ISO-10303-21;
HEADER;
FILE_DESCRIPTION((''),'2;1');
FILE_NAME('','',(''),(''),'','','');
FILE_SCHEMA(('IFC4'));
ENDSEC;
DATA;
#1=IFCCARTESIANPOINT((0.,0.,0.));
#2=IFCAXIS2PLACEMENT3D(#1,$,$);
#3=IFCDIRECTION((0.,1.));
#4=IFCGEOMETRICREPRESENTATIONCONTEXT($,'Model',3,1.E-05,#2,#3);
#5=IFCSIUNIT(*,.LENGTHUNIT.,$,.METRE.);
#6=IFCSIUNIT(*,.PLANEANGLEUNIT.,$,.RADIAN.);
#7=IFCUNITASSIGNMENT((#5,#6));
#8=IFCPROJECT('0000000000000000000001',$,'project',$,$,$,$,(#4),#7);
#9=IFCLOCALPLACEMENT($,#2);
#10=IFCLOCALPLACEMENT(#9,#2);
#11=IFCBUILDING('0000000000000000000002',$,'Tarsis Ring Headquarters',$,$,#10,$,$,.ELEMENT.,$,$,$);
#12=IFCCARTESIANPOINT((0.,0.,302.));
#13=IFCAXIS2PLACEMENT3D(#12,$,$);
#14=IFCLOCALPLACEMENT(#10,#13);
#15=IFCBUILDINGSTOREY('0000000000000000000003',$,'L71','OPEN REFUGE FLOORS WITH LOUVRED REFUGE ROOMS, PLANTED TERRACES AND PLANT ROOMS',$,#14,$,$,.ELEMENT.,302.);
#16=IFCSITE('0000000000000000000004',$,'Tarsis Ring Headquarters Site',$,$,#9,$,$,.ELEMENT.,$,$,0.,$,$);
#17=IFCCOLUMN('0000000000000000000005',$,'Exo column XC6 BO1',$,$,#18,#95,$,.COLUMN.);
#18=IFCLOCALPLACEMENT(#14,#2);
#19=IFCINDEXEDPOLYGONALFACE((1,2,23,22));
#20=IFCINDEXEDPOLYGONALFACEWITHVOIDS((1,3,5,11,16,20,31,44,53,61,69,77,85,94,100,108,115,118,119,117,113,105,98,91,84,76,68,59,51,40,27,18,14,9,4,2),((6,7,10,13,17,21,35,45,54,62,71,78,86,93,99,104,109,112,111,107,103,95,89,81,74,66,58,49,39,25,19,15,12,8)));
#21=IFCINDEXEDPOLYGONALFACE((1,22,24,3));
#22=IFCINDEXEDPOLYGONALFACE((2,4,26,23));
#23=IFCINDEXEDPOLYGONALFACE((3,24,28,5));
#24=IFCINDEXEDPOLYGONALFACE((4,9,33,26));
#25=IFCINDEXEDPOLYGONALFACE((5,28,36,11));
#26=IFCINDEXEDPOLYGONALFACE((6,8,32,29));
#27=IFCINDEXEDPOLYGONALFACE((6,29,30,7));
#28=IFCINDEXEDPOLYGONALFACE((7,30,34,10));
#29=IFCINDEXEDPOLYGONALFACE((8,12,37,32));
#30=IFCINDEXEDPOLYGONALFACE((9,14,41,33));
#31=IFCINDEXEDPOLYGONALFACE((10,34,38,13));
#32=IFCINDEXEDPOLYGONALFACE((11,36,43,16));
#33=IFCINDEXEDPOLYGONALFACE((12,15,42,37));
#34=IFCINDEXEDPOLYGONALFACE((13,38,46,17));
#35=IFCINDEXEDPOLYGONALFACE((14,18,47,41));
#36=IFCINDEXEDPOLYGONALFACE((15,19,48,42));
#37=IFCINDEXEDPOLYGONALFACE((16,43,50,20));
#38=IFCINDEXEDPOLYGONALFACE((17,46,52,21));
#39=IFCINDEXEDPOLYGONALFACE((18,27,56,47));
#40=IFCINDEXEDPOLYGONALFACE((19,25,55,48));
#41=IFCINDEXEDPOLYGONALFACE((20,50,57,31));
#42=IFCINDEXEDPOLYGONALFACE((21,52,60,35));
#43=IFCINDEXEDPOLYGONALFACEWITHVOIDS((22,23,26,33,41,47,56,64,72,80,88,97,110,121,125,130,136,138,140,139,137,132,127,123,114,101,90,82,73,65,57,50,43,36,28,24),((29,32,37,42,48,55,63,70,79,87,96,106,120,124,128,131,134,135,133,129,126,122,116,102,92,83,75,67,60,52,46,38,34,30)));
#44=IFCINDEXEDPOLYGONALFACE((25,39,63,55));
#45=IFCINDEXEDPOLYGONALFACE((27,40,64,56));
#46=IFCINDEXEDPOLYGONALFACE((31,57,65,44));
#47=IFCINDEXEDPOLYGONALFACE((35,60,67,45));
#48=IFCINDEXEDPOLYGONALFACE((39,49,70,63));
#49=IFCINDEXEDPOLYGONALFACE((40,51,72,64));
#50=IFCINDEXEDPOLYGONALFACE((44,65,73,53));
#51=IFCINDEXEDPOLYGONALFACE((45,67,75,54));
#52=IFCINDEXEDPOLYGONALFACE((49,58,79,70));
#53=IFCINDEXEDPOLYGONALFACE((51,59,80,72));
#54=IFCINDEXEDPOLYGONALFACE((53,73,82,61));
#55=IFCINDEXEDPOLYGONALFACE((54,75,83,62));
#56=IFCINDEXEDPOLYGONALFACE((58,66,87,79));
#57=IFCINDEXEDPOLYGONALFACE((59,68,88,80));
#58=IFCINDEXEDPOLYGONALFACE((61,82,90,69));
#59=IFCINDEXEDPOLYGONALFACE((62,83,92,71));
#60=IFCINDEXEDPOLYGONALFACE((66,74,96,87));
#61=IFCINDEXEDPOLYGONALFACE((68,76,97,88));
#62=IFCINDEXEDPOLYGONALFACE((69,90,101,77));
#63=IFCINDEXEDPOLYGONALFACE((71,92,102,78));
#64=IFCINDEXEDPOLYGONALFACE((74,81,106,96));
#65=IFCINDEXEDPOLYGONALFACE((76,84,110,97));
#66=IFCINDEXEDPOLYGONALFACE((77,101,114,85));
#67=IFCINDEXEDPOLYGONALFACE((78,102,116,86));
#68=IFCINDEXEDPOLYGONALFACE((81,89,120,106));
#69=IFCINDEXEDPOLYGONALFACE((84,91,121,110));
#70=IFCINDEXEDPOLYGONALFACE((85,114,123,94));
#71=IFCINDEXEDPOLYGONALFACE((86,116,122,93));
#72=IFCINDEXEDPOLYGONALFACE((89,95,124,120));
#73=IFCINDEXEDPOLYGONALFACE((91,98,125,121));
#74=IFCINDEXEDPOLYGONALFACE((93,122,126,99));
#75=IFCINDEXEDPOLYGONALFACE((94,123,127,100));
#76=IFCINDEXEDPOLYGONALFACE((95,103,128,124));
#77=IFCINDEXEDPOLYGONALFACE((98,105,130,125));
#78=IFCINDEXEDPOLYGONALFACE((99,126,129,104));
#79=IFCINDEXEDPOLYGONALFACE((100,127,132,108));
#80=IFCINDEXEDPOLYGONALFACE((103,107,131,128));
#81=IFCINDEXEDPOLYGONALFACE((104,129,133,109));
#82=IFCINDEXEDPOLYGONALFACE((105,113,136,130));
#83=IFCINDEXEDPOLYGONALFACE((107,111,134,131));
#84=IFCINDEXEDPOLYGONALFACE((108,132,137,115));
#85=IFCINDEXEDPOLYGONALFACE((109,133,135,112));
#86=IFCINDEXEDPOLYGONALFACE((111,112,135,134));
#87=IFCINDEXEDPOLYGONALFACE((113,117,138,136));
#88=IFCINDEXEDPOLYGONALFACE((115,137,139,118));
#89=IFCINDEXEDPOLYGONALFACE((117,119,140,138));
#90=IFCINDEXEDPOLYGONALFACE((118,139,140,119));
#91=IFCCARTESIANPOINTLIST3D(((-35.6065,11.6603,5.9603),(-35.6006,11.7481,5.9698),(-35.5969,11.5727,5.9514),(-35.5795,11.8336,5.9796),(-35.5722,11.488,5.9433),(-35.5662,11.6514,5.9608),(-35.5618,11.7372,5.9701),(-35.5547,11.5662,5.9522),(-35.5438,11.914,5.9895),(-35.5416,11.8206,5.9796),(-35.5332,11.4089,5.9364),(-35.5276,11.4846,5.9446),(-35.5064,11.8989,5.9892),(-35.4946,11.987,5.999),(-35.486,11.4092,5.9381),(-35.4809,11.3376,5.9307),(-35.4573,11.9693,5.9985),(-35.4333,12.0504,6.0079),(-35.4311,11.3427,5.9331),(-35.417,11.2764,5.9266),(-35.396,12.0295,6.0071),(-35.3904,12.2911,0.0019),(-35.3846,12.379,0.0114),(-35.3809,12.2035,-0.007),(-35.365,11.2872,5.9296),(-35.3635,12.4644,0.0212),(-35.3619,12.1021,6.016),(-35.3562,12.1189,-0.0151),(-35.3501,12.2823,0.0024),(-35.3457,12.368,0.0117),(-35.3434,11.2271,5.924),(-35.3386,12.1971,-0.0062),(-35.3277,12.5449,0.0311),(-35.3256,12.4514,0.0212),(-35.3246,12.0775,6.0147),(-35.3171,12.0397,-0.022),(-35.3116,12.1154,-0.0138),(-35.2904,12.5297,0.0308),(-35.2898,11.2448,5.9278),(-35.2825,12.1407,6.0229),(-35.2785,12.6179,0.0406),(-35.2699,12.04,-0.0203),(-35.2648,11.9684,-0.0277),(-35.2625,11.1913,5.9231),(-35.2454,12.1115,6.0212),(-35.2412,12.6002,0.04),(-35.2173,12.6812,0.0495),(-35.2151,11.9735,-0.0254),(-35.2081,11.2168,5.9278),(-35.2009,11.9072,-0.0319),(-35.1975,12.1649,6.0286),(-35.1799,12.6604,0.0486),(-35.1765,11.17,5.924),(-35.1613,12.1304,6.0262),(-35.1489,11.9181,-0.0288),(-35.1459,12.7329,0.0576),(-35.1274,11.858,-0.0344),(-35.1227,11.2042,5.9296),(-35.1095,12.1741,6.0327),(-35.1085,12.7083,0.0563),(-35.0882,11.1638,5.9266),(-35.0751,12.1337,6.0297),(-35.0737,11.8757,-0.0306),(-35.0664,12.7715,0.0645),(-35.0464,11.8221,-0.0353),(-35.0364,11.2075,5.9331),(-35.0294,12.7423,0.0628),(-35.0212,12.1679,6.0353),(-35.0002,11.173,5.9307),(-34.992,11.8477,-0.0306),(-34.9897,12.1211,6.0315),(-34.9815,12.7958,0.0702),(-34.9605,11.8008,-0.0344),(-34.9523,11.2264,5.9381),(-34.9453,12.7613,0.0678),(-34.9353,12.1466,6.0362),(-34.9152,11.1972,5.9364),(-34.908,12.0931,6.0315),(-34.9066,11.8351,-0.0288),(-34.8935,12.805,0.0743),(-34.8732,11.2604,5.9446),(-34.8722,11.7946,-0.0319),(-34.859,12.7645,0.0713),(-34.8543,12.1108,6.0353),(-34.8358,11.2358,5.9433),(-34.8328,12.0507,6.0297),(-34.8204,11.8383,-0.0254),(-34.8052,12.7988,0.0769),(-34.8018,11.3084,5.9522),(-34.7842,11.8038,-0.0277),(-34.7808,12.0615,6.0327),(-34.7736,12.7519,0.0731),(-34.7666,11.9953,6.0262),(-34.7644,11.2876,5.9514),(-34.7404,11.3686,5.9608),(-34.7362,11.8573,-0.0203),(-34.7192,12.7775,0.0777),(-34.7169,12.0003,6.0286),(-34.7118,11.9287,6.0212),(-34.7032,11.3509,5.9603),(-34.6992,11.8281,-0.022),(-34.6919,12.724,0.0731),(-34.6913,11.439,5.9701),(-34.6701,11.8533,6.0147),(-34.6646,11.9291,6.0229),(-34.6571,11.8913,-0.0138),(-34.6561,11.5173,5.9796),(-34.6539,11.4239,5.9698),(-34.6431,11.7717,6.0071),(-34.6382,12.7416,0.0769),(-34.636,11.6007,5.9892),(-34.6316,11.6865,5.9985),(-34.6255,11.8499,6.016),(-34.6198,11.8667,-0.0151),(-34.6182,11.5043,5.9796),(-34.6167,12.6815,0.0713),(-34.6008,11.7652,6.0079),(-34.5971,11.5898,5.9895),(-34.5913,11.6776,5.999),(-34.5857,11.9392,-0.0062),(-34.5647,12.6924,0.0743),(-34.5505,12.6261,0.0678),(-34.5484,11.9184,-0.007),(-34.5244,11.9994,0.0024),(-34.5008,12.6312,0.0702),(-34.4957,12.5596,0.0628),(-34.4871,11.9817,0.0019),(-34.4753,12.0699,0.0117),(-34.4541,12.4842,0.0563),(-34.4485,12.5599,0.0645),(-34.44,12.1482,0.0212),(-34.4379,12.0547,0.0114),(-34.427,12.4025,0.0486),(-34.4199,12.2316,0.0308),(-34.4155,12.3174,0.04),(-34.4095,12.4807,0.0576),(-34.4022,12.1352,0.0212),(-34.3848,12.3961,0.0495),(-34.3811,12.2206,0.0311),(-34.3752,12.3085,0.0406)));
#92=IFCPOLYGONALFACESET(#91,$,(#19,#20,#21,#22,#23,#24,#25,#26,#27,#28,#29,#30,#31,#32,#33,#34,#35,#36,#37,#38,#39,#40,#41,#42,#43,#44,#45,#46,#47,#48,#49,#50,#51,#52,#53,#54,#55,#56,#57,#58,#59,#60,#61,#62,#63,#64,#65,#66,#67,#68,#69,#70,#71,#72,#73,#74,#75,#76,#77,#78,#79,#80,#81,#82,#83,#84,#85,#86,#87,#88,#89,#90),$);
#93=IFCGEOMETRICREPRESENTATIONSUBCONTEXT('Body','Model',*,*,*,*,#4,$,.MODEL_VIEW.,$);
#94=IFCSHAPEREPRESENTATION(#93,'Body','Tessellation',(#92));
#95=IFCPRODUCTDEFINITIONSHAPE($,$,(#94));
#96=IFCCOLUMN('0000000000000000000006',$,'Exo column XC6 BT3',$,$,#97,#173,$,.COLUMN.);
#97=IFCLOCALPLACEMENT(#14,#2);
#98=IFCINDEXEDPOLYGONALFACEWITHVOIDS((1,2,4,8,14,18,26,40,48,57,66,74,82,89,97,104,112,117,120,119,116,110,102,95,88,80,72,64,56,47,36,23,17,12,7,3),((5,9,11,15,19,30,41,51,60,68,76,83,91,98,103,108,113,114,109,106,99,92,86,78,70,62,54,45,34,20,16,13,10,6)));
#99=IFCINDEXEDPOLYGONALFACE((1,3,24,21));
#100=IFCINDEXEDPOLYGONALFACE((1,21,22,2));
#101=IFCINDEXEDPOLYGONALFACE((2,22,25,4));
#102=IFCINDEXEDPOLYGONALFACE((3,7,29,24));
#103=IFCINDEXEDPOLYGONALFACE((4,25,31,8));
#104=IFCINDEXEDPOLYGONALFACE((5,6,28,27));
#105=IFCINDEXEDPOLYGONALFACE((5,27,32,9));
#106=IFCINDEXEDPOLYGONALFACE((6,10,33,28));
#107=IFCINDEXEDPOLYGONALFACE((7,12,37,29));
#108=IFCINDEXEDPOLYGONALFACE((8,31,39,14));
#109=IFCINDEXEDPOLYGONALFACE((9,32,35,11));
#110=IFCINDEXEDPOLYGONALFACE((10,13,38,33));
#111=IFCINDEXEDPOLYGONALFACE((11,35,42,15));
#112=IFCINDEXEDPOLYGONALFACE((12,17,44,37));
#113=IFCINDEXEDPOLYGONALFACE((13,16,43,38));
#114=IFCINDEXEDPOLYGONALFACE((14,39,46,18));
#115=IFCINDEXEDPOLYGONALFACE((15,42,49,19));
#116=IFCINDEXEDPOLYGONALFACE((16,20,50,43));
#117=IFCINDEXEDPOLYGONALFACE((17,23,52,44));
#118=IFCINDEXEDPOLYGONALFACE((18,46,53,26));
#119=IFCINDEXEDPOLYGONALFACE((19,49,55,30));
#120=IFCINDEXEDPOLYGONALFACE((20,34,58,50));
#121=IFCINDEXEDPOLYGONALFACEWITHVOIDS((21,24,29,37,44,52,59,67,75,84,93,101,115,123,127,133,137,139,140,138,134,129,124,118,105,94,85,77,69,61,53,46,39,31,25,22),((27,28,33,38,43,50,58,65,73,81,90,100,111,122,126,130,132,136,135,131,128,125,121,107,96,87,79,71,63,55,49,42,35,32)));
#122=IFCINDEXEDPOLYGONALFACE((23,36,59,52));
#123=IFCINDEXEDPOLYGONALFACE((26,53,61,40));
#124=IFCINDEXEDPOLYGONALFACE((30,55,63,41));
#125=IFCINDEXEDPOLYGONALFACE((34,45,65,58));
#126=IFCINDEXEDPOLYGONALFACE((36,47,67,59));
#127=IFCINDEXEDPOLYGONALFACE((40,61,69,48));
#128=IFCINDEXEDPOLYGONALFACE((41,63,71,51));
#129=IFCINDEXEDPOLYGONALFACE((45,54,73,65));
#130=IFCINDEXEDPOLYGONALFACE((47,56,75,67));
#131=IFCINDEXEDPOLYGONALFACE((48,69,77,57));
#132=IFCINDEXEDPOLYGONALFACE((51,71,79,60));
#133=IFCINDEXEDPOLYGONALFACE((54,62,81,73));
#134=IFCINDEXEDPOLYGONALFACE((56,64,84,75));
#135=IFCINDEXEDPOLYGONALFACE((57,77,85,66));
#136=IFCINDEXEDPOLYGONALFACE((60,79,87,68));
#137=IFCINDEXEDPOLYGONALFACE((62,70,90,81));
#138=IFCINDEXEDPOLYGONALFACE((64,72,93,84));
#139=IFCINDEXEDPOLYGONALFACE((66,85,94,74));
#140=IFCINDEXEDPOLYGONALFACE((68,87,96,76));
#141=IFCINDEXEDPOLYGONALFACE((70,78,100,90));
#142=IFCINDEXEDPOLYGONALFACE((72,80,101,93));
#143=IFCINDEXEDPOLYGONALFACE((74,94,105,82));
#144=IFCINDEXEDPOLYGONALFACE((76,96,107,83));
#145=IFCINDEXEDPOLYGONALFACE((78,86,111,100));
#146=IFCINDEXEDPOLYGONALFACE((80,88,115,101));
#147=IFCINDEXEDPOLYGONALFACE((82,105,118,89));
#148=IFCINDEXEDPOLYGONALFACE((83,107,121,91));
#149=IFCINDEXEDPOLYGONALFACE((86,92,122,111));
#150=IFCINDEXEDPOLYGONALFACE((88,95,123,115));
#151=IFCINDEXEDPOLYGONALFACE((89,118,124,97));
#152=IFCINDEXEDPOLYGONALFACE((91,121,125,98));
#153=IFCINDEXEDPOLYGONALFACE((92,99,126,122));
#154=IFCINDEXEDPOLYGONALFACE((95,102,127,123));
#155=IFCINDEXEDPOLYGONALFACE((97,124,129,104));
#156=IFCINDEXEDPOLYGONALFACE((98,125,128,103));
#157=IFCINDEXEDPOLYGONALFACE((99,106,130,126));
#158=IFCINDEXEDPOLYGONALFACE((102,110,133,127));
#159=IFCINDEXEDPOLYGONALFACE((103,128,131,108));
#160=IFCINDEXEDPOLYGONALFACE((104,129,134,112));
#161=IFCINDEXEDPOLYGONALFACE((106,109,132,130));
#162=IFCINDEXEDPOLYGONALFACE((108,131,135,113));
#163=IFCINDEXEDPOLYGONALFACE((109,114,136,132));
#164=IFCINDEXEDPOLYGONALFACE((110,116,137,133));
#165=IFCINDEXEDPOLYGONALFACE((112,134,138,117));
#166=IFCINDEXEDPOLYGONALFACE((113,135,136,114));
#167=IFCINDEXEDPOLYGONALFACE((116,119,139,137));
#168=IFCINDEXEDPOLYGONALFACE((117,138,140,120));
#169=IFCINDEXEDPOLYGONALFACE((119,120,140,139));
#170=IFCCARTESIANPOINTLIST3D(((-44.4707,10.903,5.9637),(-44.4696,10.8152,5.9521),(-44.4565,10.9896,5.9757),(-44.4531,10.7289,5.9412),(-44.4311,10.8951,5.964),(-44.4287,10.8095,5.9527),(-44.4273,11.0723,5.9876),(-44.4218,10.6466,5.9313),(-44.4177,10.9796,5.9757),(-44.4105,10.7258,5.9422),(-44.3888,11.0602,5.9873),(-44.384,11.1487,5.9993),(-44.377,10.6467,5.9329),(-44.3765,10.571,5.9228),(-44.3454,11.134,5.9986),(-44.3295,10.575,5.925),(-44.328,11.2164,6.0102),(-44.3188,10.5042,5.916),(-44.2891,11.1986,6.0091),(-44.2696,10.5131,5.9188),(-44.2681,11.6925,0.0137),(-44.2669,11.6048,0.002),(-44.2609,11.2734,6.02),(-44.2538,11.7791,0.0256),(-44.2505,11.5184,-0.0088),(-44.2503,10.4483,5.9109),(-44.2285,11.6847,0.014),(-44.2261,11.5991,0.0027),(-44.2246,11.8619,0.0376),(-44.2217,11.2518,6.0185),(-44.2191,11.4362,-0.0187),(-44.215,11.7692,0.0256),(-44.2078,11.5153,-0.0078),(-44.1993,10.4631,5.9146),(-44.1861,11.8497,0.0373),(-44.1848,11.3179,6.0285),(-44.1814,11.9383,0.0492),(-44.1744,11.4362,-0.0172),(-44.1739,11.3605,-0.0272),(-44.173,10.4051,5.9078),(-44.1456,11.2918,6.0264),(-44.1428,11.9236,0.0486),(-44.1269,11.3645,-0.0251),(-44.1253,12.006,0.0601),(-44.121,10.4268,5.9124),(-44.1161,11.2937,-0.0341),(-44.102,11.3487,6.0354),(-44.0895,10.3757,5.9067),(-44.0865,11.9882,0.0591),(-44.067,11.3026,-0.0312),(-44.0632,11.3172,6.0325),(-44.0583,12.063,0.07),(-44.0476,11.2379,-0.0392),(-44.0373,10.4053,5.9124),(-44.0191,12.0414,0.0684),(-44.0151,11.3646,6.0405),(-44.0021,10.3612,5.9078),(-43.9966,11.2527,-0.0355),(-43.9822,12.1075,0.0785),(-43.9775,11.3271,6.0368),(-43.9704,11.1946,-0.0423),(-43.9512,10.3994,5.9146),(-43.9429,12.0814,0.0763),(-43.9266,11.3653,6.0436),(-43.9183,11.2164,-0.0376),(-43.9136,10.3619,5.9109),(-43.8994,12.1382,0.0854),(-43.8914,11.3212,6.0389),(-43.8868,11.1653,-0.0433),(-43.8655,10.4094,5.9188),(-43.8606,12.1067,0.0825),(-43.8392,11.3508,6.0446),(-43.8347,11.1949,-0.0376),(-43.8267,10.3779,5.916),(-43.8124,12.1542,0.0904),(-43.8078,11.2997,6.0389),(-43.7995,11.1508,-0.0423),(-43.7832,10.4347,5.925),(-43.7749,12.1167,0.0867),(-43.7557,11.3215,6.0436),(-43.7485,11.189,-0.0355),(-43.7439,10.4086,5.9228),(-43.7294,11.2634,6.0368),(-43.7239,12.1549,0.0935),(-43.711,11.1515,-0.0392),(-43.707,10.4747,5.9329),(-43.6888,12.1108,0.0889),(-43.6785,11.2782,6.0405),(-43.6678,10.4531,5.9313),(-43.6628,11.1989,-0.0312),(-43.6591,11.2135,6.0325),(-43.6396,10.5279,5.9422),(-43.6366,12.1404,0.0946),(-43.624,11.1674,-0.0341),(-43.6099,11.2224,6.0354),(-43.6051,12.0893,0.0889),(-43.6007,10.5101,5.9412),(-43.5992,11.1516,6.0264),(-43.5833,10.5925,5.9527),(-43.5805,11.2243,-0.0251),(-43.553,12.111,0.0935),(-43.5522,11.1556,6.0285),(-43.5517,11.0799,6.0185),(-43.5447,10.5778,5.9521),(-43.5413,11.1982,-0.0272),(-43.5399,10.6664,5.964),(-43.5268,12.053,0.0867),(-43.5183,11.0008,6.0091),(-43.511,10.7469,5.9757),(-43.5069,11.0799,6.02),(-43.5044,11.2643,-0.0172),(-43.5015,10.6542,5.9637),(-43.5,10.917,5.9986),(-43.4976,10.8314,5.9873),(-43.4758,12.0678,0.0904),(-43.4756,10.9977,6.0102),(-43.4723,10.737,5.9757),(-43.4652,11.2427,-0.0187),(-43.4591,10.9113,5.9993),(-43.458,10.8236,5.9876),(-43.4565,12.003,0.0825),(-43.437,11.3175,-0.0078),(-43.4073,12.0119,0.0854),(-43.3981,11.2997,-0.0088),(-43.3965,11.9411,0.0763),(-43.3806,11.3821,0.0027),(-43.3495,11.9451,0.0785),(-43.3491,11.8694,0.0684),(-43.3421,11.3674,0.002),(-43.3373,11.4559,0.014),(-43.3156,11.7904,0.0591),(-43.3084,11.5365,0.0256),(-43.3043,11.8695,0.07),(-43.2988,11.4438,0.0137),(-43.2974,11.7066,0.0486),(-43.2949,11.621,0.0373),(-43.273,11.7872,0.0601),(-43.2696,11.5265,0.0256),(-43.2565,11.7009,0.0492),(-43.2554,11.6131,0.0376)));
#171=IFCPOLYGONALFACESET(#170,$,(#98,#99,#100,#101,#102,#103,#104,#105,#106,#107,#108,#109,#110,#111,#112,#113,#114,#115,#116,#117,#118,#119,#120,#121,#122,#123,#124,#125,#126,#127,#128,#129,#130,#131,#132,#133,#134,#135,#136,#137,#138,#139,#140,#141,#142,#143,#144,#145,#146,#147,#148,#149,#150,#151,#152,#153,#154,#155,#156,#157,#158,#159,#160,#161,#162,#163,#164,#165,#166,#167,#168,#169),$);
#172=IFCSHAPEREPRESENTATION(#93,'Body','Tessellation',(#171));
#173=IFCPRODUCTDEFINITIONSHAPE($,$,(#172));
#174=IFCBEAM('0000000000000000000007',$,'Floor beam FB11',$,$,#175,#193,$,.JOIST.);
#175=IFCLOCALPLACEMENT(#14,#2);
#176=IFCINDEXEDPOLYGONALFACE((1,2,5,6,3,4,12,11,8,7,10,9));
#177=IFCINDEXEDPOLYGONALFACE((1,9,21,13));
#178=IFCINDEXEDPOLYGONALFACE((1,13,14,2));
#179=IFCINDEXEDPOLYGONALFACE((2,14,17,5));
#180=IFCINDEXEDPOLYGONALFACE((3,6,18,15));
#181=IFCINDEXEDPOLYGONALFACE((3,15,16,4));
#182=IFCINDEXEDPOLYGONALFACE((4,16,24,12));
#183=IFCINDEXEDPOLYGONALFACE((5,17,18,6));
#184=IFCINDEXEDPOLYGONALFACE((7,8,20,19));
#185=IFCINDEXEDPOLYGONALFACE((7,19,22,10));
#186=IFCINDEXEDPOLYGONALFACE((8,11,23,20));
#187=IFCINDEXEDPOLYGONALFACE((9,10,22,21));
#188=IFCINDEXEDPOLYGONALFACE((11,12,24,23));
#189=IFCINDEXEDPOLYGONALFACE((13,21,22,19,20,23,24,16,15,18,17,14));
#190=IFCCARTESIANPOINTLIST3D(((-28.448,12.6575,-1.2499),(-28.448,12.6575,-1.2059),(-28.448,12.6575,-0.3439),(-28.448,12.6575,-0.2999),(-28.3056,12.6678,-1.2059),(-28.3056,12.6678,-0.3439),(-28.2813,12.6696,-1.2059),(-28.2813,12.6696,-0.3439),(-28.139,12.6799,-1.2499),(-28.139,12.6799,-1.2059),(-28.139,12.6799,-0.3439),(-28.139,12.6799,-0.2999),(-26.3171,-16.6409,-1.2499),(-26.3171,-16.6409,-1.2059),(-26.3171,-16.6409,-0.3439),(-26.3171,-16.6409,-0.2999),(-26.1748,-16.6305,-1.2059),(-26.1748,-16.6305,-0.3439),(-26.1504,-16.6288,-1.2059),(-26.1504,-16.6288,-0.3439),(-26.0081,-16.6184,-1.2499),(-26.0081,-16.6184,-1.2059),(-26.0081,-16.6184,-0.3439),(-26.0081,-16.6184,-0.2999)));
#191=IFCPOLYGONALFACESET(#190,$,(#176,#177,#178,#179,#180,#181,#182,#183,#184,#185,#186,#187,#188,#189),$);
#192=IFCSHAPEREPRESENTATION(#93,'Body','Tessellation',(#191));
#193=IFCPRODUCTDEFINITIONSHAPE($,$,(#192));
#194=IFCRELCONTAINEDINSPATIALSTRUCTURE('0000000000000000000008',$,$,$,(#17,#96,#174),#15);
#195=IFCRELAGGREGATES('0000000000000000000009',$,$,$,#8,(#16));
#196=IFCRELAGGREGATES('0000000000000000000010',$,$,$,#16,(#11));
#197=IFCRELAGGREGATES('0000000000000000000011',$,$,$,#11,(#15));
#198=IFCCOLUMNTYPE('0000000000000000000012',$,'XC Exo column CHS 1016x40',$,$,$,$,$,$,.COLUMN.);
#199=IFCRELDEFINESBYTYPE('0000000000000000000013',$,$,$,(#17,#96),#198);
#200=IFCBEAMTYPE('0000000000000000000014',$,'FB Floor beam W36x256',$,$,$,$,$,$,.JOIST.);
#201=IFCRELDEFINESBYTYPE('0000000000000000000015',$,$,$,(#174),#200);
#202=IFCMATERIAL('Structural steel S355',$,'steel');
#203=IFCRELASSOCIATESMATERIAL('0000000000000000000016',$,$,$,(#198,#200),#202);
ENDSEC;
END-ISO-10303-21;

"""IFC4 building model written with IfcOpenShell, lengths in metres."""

from ifc_helpers import new_model, si_unit, direction, frame, origin, origin_2d, place, context, subcontext, project, spatial, hollow_circle, i_section, extrude, material, material_profile, profile_set, type_object, element, save


model = new_model("IFC4")

# Units and contexts
model_context = context("Model", 3, precision=1e-05, world=origin(), true_north=direction((0.0, 1.0)))
body_context = subcontext(model_context, "Body", "Model", "MODEL_VIEW")
ifc_project = project(units=[si_unit("LENGTHUNIT", "METRE"), si_unit("PLANEANGLEUNIT", "RADIAN")], contexts=[model_context])

# Site, building, storey
site_placement = place(None, origin())
site = spatial("IfcSite", under=ifc_project, at=site_placement, Name="Tarsis Ring Headquarters Site", CompositionType="ELEMENT", RefElevation=0.0)
building_placement = place(site_placement, origin())
building = spatial("IfcBuilding", under=site, at=building_placement, Name="Tarsis Ring Headquarters", CompositionType="ELEMENT")
storey_placement = place(building_placement, frame((0.0, 0.0, 302.0)))
storey = spatial("IfcBuildingStorey", under=building, at=storey_placement, Name="L71", Description="OPEN REFUGE FLOORS WITH LOUVRED REFUGE ROOMS, PLANTED TERRACES AND PLANT ROOMS", CompositionType="ELEMENT", Elevation=302.0)

# Columns
ifc_material_1 = material(Name="Structural steel S355", Category="steel")
ifc_material_profile_1 = material_profile(ifc_material_1, hollow_circle(Radius=0.5081, WallThickness=0.04, at=origin_2d()), Name="CHS 1016x40")
ifc_profile_set_1 = profile_set([ifc_material_profile_1], Name="Structural steel S355")
column_type = type_object("IfcColumnType", Name="XC Exo column CHS 1016x40", PredefinedType="COLUMN", material=ifc_profile_set_1)
column_1_placement = place(storey_placement, frame((-34.8828, 12.2998, 0.0212), z_axis=(-0.036037, -0.105219, 0.993796), x_axis=(0.946052, -0.324015, 0.0)))
element("IfcColumn", 1, at=column_1_placement, inside=storey, type_object=column_type, Name="Exo column XC6 BO1", PredefinedType="COLUMN", context=body_context, shape_type="SweptSolid", body=[
    extrude(hollow_circle(Radius=0.5081, WallThickness=0.04, at=origin_2d()), origin(), (0.0, 0.0, 1.0), 5.9956),
])
column_2_placement = place(storey_placement, frame((-43.7617, 11.6528, 0.0256), z_axis=(-0.033742, -0.131471, 0.990746), x_axis=(0.968608, -0.248592, 0.0)))
element("IfcColumn", 2, at=column_2_placement, inside=storey, type_object=column_type, Name="Exo column XC6 BT3", PredefinedType="COLUMN", context=body_context, shape_type="SweptSolid", body=[
    extrude(hollow_circle(Radius=0.5081, WallThickness=0.04, at=origin_2d()), origin(), (0.0, 0.0, 1.0), 6.0056),
])

# Beam
ifc_material_profile_2 = material_profile(ifc_material_1, i_section(OverallWidth=0.3098, OverallDepth=0.95, WebThickness=0.0244, FlangeThickness=0.0439, at=origin_2d()), Name="W36x256")
ifc_profile_set_2 = profile_set([ifc_material_profile_2], Name="Structural steel S355")
beam_type_1 = type_object("IfcBeamType", Name="FB Floor beam W36x256", PredefinedType="JOIST", material=ifc_profile_set_2)
beam_1_placement = place(storey_placement, frame((-28.2935, 12.6687, -0.7749), z_axis=(0.072538, -0.997366, 0.0), x_axis=(0.997366, 0.072538, 0.0)))
element("IfcBeam", 3, at=beam_1_placement, inside=storey, type_object=beam_type_1, Name="Floor beam FB11", PredefinedType="JOIST", context=body_context, shape_type="SweptSolid", body=[
    extrude(i_section(OverallWidth=0.3098, OverallDepth=0.95, WebThickness=0.0244, FlangeThickness=0.0439, at=origin_2d()), origin(), (0.0, 0.0, 1.0), 29.3757),
])

save(model, "model.ifc")
